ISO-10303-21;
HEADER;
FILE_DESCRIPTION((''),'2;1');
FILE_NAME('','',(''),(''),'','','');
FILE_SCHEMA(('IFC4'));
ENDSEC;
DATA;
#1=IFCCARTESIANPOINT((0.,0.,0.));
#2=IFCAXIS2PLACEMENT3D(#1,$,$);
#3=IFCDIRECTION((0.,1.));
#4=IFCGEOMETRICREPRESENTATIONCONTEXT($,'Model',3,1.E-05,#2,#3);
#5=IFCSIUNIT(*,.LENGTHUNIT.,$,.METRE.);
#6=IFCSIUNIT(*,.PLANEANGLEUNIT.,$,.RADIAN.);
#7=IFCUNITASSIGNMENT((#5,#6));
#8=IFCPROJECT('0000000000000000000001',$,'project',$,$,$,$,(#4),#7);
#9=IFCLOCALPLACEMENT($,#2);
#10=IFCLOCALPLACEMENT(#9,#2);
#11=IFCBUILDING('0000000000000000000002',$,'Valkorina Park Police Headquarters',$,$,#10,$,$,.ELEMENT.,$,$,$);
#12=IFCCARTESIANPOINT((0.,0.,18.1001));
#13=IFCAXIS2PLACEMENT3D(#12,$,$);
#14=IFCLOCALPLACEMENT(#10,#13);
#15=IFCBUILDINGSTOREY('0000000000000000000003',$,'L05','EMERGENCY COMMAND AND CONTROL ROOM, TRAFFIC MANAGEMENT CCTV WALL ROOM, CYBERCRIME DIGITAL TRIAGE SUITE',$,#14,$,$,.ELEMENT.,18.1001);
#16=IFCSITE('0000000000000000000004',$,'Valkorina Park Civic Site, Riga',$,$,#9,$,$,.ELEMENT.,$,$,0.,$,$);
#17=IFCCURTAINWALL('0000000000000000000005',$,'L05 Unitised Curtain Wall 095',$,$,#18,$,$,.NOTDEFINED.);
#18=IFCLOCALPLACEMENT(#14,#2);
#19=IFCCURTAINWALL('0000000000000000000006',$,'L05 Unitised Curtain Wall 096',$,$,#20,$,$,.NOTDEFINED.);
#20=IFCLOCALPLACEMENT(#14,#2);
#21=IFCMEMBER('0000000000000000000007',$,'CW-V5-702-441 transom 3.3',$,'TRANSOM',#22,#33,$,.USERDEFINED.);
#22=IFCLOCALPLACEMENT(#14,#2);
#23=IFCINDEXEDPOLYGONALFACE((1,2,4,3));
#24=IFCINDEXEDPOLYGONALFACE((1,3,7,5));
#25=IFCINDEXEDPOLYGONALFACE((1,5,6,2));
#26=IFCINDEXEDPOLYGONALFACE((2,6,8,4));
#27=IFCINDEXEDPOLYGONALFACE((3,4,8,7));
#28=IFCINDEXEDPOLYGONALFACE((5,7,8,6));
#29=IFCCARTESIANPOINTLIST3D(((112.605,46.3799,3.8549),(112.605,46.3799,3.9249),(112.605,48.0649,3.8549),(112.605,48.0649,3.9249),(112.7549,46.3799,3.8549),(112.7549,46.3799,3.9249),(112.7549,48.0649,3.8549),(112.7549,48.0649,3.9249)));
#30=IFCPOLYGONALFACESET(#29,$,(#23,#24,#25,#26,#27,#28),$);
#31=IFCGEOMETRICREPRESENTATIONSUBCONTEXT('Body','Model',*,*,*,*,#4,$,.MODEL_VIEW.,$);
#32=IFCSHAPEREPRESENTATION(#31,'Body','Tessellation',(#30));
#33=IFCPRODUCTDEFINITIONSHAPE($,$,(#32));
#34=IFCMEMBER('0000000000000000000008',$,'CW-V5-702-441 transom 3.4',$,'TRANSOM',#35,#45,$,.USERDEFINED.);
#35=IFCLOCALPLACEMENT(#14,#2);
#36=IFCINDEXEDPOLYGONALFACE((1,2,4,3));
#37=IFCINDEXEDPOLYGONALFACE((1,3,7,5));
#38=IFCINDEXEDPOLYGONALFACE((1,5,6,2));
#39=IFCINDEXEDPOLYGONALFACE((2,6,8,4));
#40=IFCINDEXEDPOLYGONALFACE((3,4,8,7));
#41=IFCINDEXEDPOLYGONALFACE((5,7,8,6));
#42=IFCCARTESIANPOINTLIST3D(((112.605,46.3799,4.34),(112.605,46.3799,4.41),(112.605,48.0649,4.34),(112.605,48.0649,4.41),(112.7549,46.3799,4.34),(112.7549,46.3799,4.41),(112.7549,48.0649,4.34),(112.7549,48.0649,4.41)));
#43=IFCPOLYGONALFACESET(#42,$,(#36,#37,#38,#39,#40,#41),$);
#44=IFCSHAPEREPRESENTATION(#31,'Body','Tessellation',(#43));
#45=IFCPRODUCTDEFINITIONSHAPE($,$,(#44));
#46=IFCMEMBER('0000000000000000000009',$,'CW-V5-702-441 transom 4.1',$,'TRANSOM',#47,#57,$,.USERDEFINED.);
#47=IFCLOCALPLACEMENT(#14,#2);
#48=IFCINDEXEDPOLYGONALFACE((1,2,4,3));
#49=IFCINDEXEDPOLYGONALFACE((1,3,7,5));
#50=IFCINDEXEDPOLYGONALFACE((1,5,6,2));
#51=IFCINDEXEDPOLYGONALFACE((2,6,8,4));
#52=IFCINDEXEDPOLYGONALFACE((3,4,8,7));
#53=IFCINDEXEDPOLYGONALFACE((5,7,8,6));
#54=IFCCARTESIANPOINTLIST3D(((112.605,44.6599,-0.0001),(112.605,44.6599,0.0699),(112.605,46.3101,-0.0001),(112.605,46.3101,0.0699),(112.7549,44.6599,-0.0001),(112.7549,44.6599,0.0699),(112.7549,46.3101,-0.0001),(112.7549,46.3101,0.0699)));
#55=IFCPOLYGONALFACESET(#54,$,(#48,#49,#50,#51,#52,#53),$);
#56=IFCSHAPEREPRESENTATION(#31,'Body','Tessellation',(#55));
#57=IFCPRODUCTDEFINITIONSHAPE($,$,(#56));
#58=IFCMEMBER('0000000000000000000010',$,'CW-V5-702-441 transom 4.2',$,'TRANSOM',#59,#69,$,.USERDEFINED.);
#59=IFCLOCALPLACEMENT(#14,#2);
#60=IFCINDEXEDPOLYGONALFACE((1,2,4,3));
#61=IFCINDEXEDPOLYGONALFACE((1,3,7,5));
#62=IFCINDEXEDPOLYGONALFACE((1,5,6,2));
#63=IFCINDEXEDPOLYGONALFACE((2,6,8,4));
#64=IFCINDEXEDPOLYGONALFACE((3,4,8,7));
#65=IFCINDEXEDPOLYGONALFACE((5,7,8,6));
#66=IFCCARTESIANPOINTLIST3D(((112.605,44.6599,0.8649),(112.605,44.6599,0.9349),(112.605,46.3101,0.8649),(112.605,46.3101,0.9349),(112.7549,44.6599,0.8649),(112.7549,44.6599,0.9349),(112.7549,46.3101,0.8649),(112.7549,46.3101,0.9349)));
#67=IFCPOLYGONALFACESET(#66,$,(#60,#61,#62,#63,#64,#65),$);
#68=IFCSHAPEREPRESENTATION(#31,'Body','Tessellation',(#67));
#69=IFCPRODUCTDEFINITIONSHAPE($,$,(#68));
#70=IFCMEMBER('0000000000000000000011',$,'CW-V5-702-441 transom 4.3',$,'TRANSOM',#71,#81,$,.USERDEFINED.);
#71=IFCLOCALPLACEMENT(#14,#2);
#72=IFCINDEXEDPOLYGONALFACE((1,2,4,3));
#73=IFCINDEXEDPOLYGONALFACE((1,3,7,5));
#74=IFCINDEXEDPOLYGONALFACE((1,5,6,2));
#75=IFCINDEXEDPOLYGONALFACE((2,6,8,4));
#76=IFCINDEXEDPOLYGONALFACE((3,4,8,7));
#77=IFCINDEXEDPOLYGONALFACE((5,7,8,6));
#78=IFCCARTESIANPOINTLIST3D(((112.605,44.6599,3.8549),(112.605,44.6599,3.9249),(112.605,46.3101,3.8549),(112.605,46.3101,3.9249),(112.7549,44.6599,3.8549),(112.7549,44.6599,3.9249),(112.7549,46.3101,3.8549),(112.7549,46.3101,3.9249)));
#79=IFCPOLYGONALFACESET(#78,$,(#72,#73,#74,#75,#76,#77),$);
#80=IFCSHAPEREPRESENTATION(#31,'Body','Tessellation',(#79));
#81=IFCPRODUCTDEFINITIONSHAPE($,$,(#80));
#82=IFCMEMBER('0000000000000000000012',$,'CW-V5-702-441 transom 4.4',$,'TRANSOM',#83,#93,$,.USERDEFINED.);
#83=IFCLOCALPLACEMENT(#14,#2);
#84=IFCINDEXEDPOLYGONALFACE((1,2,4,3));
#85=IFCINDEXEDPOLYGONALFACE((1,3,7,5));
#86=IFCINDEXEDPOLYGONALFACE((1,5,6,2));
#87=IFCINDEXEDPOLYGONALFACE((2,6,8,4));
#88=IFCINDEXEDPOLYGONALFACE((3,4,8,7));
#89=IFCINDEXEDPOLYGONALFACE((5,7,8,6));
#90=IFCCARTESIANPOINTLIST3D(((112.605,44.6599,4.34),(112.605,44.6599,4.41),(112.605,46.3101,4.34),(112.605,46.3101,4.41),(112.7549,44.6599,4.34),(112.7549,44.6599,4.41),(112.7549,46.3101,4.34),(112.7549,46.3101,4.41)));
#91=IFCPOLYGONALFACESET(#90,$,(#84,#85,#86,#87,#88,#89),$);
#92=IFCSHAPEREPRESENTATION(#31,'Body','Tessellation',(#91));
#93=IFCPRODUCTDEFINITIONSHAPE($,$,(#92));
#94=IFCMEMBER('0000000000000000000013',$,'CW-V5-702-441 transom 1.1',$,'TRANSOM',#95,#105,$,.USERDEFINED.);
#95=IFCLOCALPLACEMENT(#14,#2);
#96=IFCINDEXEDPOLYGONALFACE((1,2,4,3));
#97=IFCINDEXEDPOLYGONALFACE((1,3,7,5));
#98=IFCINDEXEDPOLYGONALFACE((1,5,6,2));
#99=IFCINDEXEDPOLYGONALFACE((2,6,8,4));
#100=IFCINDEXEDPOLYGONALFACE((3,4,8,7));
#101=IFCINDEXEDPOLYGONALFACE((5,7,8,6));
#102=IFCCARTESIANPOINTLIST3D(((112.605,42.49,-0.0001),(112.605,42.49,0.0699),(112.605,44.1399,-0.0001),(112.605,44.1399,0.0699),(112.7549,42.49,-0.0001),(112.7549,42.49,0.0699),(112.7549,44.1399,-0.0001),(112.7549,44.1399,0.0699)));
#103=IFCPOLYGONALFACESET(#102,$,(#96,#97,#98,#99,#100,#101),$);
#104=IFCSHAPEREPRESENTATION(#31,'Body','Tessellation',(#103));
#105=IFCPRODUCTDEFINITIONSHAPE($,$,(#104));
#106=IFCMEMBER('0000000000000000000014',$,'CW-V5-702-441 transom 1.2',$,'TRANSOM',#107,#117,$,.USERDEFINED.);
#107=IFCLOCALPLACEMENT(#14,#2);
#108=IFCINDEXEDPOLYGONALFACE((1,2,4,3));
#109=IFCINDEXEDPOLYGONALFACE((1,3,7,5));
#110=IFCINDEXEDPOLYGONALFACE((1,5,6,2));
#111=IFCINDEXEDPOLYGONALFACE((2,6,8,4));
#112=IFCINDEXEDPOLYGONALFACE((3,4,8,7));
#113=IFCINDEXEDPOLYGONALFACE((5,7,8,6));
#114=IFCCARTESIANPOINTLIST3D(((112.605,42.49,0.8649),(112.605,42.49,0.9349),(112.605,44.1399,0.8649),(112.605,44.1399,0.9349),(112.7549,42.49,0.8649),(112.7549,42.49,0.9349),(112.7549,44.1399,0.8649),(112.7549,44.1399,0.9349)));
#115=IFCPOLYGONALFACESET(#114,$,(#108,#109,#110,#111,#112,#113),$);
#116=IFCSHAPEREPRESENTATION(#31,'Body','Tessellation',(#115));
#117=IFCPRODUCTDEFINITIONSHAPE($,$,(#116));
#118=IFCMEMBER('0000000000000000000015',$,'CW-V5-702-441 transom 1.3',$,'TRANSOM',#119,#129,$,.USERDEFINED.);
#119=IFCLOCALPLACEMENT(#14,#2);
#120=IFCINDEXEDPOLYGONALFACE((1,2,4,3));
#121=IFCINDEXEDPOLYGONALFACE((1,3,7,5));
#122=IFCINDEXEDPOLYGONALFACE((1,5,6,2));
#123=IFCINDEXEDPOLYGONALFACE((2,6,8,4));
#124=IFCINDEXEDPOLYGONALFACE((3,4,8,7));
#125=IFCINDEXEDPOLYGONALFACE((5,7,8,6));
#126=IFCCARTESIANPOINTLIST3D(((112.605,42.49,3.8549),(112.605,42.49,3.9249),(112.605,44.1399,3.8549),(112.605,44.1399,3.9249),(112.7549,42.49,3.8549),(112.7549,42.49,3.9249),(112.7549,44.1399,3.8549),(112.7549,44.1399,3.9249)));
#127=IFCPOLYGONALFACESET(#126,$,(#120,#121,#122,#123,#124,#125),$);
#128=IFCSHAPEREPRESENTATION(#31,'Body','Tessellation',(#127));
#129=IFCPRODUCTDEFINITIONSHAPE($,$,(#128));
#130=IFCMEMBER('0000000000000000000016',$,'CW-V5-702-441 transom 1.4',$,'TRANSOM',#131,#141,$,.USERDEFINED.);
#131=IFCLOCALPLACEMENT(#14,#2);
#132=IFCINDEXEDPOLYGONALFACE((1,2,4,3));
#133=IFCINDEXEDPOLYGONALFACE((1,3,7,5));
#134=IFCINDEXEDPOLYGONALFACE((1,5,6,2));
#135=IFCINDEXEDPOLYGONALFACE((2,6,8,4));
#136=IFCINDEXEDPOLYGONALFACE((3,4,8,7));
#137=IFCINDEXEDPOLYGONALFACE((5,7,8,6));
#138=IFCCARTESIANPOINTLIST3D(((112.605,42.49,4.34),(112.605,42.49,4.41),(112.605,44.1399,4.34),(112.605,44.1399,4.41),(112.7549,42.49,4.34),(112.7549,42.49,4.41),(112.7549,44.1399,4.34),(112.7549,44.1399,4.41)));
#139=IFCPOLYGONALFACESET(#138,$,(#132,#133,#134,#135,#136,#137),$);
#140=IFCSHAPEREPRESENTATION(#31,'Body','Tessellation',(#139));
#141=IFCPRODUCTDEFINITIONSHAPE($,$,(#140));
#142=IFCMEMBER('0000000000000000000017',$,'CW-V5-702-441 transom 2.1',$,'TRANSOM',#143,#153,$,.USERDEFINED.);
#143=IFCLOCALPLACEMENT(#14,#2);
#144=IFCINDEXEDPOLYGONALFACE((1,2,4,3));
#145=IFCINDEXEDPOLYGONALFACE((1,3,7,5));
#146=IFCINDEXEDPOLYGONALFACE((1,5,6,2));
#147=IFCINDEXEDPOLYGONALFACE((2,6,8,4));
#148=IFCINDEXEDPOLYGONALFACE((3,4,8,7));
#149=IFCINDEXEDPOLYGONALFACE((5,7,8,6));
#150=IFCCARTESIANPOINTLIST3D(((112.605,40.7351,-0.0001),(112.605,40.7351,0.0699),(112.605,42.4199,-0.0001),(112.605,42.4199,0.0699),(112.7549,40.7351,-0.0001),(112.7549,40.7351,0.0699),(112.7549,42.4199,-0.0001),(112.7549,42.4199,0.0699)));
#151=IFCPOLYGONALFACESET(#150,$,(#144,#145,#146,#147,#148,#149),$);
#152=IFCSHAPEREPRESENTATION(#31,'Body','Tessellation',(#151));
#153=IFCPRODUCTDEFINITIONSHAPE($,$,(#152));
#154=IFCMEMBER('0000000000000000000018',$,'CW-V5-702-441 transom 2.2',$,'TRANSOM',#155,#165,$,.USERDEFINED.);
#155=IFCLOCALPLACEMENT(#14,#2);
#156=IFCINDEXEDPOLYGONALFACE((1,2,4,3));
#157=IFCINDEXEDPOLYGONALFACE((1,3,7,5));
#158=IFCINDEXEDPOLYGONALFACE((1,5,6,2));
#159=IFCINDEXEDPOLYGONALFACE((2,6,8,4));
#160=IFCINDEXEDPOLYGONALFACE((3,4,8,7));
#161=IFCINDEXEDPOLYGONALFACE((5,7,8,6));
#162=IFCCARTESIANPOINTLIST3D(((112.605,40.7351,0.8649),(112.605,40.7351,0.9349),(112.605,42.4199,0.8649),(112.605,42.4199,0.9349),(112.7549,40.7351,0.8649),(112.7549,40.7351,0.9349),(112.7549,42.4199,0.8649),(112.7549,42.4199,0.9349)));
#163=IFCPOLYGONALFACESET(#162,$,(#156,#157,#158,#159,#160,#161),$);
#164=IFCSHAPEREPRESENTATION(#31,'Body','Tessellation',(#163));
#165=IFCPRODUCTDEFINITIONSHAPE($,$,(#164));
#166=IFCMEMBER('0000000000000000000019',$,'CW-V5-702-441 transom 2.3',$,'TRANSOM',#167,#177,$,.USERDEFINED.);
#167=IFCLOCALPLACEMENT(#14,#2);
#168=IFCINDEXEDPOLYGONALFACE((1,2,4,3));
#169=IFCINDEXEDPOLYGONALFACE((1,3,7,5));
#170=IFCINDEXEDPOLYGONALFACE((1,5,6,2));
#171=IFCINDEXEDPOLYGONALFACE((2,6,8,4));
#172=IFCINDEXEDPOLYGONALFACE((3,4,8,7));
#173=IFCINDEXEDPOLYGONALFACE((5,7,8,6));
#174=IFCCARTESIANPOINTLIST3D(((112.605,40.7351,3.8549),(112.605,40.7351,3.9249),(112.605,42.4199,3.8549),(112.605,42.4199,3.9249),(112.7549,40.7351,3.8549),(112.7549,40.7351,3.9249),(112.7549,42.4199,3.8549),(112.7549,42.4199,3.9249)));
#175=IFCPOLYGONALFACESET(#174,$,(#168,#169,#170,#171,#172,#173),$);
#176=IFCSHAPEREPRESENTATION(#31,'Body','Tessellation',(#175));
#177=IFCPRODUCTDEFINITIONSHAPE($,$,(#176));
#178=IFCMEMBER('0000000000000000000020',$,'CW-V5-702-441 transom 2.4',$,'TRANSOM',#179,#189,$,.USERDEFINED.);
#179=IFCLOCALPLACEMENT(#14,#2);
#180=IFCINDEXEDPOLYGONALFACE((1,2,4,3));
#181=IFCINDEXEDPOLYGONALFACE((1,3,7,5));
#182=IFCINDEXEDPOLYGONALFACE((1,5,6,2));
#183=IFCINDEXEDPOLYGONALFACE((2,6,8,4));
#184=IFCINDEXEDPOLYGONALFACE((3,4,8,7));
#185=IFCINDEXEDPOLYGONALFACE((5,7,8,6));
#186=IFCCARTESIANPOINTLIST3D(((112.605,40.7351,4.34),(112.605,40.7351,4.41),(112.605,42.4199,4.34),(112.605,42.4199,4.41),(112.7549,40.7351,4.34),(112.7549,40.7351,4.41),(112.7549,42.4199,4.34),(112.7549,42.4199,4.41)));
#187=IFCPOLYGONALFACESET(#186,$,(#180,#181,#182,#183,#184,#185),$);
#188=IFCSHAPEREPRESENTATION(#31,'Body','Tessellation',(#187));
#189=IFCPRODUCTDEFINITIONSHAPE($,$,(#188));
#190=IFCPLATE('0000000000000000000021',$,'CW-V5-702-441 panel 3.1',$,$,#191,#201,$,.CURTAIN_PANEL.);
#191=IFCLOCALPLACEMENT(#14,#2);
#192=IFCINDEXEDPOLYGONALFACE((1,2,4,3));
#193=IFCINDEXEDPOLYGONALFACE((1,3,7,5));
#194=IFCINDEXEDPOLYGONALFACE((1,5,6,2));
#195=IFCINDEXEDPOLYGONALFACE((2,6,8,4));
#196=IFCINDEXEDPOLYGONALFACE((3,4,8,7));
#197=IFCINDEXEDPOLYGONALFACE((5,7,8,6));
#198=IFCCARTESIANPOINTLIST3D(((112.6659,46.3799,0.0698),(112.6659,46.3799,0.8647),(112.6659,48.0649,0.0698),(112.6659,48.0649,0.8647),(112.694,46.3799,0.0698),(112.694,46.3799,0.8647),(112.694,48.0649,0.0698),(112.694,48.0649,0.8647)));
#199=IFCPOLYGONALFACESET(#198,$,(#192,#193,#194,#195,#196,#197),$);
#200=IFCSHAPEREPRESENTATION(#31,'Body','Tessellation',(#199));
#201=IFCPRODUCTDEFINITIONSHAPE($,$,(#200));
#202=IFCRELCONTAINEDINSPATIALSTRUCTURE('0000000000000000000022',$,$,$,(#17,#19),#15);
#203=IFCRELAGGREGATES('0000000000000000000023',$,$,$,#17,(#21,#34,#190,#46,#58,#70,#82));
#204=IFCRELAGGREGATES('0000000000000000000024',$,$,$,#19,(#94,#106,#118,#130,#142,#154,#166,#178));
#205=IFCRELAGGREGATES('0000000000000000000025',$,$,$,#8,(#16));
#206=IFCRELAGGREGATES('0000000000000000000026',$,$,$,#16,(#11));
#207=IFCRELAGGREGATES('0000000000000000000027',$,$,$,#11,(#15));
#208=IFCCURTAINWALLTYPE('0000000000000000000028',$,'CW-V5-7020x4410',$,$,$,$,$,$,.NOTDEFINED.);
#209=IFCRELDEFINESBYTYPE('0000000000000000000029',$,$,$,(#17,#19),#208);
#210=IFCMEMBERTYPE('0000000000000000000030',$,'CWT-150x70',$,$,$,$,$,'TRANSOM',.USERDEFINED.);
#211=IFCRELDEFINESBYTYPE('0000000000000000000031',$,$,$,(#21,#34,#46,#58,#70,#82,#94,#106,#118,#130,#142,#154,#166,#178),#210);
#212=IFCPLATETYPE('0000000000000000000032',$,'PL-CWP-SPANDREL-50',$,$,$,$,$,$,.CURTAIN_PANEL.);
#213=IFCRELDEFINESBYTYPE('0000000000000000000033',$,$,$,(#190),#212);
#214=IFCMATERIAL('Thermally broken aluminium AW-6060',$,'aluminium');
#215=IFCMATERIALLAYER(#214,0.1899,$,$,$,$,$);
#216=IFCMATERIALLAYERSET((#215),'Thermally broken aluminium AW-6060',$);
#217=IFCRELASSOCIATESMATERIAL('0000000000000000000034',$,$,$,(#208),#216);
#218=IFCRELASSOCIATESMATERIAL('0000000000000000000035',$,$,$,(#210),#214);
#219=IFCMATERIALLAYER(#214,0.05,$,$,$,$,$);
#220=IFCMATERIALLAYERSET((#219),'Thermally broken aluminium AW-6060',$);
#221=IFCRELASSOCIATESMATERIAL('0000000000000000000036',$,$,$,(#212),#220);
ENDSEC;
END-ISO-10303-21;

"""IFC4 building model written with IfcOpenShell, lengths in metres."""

from ifc_helpers import new_model, si_unit, direction, frame, origin, origin_2d, place, context, subcontext, project, spatial, rectangle, extrude, material, layer, layer_set, material_profile, profile_set, type_object, element, aggregate, save


model = new_model("IFC4")

# Units and contexts
model_context = context("Model", 3, precision=1e-05, world=origin(), true_north=direction((0.0, 1.0)))
body_context = subcontext(model_context, "Body", "Model", "MODEL_VIEW")
ifc_project = project(units=[si_unit("LENGTHUNIT", "METRE"), si_unit("PLANEANGLEUNIT", "RADIAN")], contexts=[model_context])

# Site, building, storey
site_placement = place(None, origin())
site = spatial("IfcSite", under=ifc_project, at=site_placement, Name="Valkorina Park Civic Site, Riga", CompositionType="ELEMENT", RefElevation=0.0)
building_placement = place(site_placement, origin())
building = spatial("IfcBuilding", under=site, at=building_placement, Name="Valkorina Park Police Headquarters", CompositionType="ELEMENT")
storey_placement = place(building_placement, frame((0.0, 0.0, 18.1001)))
storey = spatial("IfcBuildingStorey", under=building, at=storey_placement, Name="L05", Description="EMERGENCY COMMAND AND CONTROL ROOM, TRAFFIC MANAGEMENT CCTV WALL ROOM, CYBERCRIME DIGITAL TRIAGE SUITE", CompositionType="ELEMENT", Elevation=18.1001)

# Curtain walls
ifc_material_1 = material(Name="Thermally broken aluminium AW-6060", Category="aluminium")
ifc_layer_1 = layer(ifc_material_1, 0.1899)
ifc_layer_set_1 = layer_set([ifc_layer_1], Name="Thermally broken aluminium AW-6060")
curtain_wall_type = type_object("IfcCurtainWallType", Name="CW-V5-7020x4410", PredefinedType="NOTDEFINED", material=ifc_layer_set_1)
curtain_wall_1_placement = place(storey_placement, origin())
curtain_wall_1 = element("IfcCurtainWall", 1, at=curtain_wall_1_placement, inside=storey, type_object=curtain_wall_type, Name="L05 Unitised Curtain Wall 095", PredefinedType="NOTDEFINED")
curtain_wall_2_placement = place(storey_placement, origin())
curtain_wall_2 = element("IfcCurtainWall", 2, at=curtain_wall_2_placement, inside=storey, type_object=curtain_wall_type, Name="L05 Unitised Curtain Wall 096", PredefinedType="NOTDEFINED")

# Members
ifc_material_profile_1 = material_profile(ifc_material_1, rectangle(XDim=0.1499, YDim=0.0701, at=origin_2d()), Name="CWT-02 150x70")
ifc_profile_set_1 = profile_set([ifc_material_profile_1], Name="Thermally broken aluminium AW-6060")
member_type_1 = type_object("IfcMemberType", Name="CWT-150x70", ElementType="TRANSOM", PredefinedType="USERDEFINED", material=ifc_profile_set_1)
member_1_placement = place(storey_placement, frame((112.6799, 48.0649, 3.8899), z_axis=(0.0, -1.0, 0.0), x_axis=(1.0, 0.0, 0.0)))
member_1 = element("IfcMember", 3, at=member_1_placement, type_object=member_type_1, Name="CW-V5-702-441 transom 3.3", ObjectType="TRANSOM", PredefinedType="USERDEFINED", context=body_context, shape_type="SweptSolid", body=[
    extrude(rectangle(XDim=0.1499, YDim=0.0701, at=origin_2d()), origin(), (0.0, 0.0, 1.0), 1.6851),
])
member_2_placement = place(storey_placement, frame((112.6799, 48.0649, 4.375), z_axis=(0.0, -1.0, 0.0), x_axis=(1.0, 0.0, 0.0)))
member_2 = element("IfcMember", 4, at=member_2_placement, type_object=member_type_1, Name="CW-V5-702-441 transom 3.4", ObjectType="TRANSOM", PredefinedType="USERDEFINED", context=body_context, shape_type="SweptSolid", body=[
    extrude(rectangle(XDim=0.1499, YDim=0.0701, at=origin_2d()), origin(), (0.0, 0.0, 1.0), 1.6851),
])
member_3_placement = place(storey_placement, frame((112.6799, 46.3101, 0.0349), z_axis=(0.0, -1.0, 0.0), x_axis=(1.0, 0.0, 0.0)))
member_3 = element("IfcMember", 5, at=member_3_placement, type_object=member_type_1, Name="CW-V5-702-441 transom 4.1", ObjectType="TRANSOM", PredefinedType="USERDEFINED", context=body_context, shape_type="SweptSolid", body=[
    extrude(rectangle(XDim=0.1499, YDim=0.0701, at=origin_2d()), origin(), (0.0, 0.0, 1.0), 1.6501),
])
member_4_placement = place(storey_placement, frame((112.6799, 46.3101, 0.8999), z_axis=(0.0, -1.0, 0.0), x_axis=(1.0, 0.0, 0.0)))
member_4 = element("IfcMember", 6, at=member_4_placement, type_object=member_type_1, Name="CW-V5-702-441 transom 4.2", ObjectType="TRANSOM", PredefinedType="USERDEFINED", context=body_context, shape_type="SweptSolid", body=[
    extrude(rectangle(XDim=0.1499, YDim=0.0701, at=origin_2d()), origin(), (0.0, 0.0, 1.0), 1.6501),
])
member_5_placement = place(storey_placement, frame((112.6799, 46.3101, 3.8899), z_axis=(0.0, -1.0, 0.0), x_axis=(1.0, 0.0, 0.0)))
member_5 = element("IfcMember", 7, at=member_5_placement, type_object=member_type_1, Name="CW-V5-702-441 transom 4.3", ObjectType="TRANSOM", PredefinedType="USERDEFINED", context=body_context, shape_type="SweptSolid", body=[
    extrude(rectangle(XDim=0.1499, YDim=0.0701, at=origin_2d()), origin(), (0.0, 0.0, 1.0), 1.6501),
])
member_6_placement = place(storey_placement, frame((112.6799, 46.3101, 4.375), z_axis=(0.0, -1.0, 0.0), x_axis=(1.0, 0.0, 0.0)))
member_6 = element("IfcMember", 8, at=member_6_placement, type_object=member_type_1, Name="CW-V5-702-441 transom 4.4", ObjectType="TRANSOM", PredefinedType="USERDEFINED", context=body_context, shape_type="SweptSolid", body=[
    extrude(rectangle(XDim=0.1499, YDim=0.0701, at=origin_2d()), origin(), (0.0, 0.0, 1.0), 1.6501),
])
member_7_placement = place(storey_placement, frame((112.6799, 44.1399, 0.0349), z_axis=(0.0, -1.0, 0.0), x_axis=(1.0, 0.0, 0.0)))
member_7 = element("IfcMember", 9, at=member_7_placement, type_object=member_type_1, Name="CW-V5-702-441 transom 1.1", ObjectType="TRANSOM", PredefinedType="USERDEFINED", context=body_context, shape_type="SweptSolid", body=[
    extrude(rectangle(XDim=0.1499, YDim=0.0701, at=origin_2d()), origin(), (0.0, 0.0, 1.0), 1.6499),
])
member_8_placement = place(storey_placement, frame((112.6799, 44.1399, 0.8999), z_axis=(0.0, -1.0, 0.0), x_axis=(1.0, 0.0, 0.0)))
member_8 = element("IfcMember", 10, at=member_8_placement, type_object=member_type_1, Name="CW-V5-702-441 transom 1.2", ObjectType="TRANSOM", PredefinedType="USERDEFINED", context=body_context, shape_type="SweptSolid", body=[
    extrude(rectangle(XDim=0.1499, YDim=0.0701, at=origin_2d()), origin(), (0.0, 0.0, 1.0), 1.6499),
])
member_9_placement = place(storey_placement, frame((112.6799, 44.1399, 3.8899), z_axis=(0.0, -1.0, 0.0), x_axis=(1.0, 0.0, 0.0)))
member_9 = element("IfcMember", 11, at=member_9_placement, type_object=member_type_1, Name="CW-V5-702-441 transom 1.3", ObjectType="TRANSOM", PredefinedType="USERDEFINED", context=body_context, shape_type="SweptSolid", body=[
    extrude(rectangle(XDim=0.1499, YDim=0.0701, at=origin_2d()), origin(), (0.0, 0.0, 1.0), 1.6499),
])
member_10_placement = place(storey_placement, frame((112.6799, 44.1399, 4.375), z_axis=(0.0, -1.0, 0.0), x_axis=(1.0, 0.0, 0.0)))
member_10 = element("IfcMember", 12, at=member_10_placement, type_object=member_type_1, Name="CW-V5-702-441 transom 1.4", ObjectType="TRANSOM", PredefinedType="USERDEFINED", context=body_context, shape_type="SweptSolid", body=[
    extrude(rectangle(XDim=0.1499, YDim=0.0701, at=origin_2d()), origin(), (0.0, 0.0, 1.0), 1.6499),
])
member_11_placement = place(storey_placement, frame((112.6799, 42.4199, 0.0349), z_axis=(0.0, -1.0, 0.0), x_axis=(1.0, 0.0, 0.0)))
member_11 = element("IfcMember", 13, at=member_11_placement, type_object=member_type_1, Name="CW-V5-702-441 transom 2.1", ObjectType="TRANSOM", PredefinedType="USERDEFINED", context=body_context, shape_type="SweptSolid", body=[
    extrude(rectangle(XDim=0.1499, YDim=0.0701, at=origin_2d()), origin(), (0.0, 0.0, 1.0), 1.6848),
])
member_12_placement = place(storey_placement, frame((112.6799, 42.4199, 0.8999), z_axis=(0.0, -1.0, 0.0), x_axis=(1.0, 0.0, 0.0)))
member_12 = element("IfcMember", 14, at=member_12_placement, type_object=member_type_1, Name="CW-V5-702-441 transom 2.2", ObjectType="TRANSOM", PredefinedType="USERDEFINED", context=body_context, shape_type="SweptSolid", body=[
    extrude(rectangle(XDim=0.1499, YDim=0.0701, at=origin_2d()), origin(), (0.0, 0.0, 1.0), 1.6848),
])
member_13_placement = place(storey_placement, frame((112.6799, 42.4199, 3.8899), z_axis=(0.0, -1.0, 0.0), x_axis=(1.0, 0.0, 0.0)))
member_13 = element("IfcMember", 15, at=member_13_placement, type_object=member_type_1, Name="CW-V5-702-441 transom 2.3", ObjectType="TRANSOM", PredefinedType="USERDEFINED", context=body_context, shape_type="SweptSolid", body=[
    extrude(rectangle(XDim=0.1499, YDim=0.0701, at=origin_2d()), origin(), (0.0, 0.0, 1.0), 1.6848),
])
member_14_placement = place(storey_placement, frame((112.6799, 42.4199, 4.375), z_axis=(0.0, -1.0, 0.0), x_axis=(1.0, 0.0, 0.0)))
member_14 = element("IfcMember", 16, at=member_14_placement, type_object=member_type_1, Name="CW-V5-702-441 transom 2.4", ObjectType="TRANSOM", PredefinedType="USERDEFINED", context=body_context, shape_type="SweptSolid", body=[
    extrude(rectangle(XDim=0.1499, YDim=0.0701, at=origin_2d()), origin(), (0.0, 0.0, 1.0), 1.6848),
])

# Plate
ifc_layer_2 = layer(ifc_material_1, 0.05)
ifc_layer_set_2 = layer_set([ifc_layer_2], Name="Thermally broken aluminium AW-6060")
plate_type_1 = type_object("IfcPlateType", Name="PL-CWP-SPANDREL-50", PredefinedType="CURTAIN_PANEL", material=ifc_layer_set_2)
plate_1_placement = place(storey_placement, frame((112.6799, 47.2224, 0.0698), z_axis=(0.0, 0.0, 1.0), x_axis=(0.0, -1.0, 0.0)))
plate_1 = element("IfcPlate", 17, at=plate_1_placement, type_object=plate_type_1, Name="CW-V5-702-441 panel 3.1", PredefinedType="CURTAIN_PANEL", context=body_context, shape_type="SweptSolid", body=[
    extrude(rectangle(XDim=1.6851, YDim=0.0281, at=origin_2d()), origin(), (0.0, 0.0, 1.0), 0.7949),
])
aggregate(curtain_wall_1, [member_1, member_2, plate_1, member_3, member_4, member_5, member_6])
aggregate(curtain_wall_2, [member_7, member_8, member_9, member_10, member_11, member_12, member_13, member_14])

save(model, "model.ifc")
